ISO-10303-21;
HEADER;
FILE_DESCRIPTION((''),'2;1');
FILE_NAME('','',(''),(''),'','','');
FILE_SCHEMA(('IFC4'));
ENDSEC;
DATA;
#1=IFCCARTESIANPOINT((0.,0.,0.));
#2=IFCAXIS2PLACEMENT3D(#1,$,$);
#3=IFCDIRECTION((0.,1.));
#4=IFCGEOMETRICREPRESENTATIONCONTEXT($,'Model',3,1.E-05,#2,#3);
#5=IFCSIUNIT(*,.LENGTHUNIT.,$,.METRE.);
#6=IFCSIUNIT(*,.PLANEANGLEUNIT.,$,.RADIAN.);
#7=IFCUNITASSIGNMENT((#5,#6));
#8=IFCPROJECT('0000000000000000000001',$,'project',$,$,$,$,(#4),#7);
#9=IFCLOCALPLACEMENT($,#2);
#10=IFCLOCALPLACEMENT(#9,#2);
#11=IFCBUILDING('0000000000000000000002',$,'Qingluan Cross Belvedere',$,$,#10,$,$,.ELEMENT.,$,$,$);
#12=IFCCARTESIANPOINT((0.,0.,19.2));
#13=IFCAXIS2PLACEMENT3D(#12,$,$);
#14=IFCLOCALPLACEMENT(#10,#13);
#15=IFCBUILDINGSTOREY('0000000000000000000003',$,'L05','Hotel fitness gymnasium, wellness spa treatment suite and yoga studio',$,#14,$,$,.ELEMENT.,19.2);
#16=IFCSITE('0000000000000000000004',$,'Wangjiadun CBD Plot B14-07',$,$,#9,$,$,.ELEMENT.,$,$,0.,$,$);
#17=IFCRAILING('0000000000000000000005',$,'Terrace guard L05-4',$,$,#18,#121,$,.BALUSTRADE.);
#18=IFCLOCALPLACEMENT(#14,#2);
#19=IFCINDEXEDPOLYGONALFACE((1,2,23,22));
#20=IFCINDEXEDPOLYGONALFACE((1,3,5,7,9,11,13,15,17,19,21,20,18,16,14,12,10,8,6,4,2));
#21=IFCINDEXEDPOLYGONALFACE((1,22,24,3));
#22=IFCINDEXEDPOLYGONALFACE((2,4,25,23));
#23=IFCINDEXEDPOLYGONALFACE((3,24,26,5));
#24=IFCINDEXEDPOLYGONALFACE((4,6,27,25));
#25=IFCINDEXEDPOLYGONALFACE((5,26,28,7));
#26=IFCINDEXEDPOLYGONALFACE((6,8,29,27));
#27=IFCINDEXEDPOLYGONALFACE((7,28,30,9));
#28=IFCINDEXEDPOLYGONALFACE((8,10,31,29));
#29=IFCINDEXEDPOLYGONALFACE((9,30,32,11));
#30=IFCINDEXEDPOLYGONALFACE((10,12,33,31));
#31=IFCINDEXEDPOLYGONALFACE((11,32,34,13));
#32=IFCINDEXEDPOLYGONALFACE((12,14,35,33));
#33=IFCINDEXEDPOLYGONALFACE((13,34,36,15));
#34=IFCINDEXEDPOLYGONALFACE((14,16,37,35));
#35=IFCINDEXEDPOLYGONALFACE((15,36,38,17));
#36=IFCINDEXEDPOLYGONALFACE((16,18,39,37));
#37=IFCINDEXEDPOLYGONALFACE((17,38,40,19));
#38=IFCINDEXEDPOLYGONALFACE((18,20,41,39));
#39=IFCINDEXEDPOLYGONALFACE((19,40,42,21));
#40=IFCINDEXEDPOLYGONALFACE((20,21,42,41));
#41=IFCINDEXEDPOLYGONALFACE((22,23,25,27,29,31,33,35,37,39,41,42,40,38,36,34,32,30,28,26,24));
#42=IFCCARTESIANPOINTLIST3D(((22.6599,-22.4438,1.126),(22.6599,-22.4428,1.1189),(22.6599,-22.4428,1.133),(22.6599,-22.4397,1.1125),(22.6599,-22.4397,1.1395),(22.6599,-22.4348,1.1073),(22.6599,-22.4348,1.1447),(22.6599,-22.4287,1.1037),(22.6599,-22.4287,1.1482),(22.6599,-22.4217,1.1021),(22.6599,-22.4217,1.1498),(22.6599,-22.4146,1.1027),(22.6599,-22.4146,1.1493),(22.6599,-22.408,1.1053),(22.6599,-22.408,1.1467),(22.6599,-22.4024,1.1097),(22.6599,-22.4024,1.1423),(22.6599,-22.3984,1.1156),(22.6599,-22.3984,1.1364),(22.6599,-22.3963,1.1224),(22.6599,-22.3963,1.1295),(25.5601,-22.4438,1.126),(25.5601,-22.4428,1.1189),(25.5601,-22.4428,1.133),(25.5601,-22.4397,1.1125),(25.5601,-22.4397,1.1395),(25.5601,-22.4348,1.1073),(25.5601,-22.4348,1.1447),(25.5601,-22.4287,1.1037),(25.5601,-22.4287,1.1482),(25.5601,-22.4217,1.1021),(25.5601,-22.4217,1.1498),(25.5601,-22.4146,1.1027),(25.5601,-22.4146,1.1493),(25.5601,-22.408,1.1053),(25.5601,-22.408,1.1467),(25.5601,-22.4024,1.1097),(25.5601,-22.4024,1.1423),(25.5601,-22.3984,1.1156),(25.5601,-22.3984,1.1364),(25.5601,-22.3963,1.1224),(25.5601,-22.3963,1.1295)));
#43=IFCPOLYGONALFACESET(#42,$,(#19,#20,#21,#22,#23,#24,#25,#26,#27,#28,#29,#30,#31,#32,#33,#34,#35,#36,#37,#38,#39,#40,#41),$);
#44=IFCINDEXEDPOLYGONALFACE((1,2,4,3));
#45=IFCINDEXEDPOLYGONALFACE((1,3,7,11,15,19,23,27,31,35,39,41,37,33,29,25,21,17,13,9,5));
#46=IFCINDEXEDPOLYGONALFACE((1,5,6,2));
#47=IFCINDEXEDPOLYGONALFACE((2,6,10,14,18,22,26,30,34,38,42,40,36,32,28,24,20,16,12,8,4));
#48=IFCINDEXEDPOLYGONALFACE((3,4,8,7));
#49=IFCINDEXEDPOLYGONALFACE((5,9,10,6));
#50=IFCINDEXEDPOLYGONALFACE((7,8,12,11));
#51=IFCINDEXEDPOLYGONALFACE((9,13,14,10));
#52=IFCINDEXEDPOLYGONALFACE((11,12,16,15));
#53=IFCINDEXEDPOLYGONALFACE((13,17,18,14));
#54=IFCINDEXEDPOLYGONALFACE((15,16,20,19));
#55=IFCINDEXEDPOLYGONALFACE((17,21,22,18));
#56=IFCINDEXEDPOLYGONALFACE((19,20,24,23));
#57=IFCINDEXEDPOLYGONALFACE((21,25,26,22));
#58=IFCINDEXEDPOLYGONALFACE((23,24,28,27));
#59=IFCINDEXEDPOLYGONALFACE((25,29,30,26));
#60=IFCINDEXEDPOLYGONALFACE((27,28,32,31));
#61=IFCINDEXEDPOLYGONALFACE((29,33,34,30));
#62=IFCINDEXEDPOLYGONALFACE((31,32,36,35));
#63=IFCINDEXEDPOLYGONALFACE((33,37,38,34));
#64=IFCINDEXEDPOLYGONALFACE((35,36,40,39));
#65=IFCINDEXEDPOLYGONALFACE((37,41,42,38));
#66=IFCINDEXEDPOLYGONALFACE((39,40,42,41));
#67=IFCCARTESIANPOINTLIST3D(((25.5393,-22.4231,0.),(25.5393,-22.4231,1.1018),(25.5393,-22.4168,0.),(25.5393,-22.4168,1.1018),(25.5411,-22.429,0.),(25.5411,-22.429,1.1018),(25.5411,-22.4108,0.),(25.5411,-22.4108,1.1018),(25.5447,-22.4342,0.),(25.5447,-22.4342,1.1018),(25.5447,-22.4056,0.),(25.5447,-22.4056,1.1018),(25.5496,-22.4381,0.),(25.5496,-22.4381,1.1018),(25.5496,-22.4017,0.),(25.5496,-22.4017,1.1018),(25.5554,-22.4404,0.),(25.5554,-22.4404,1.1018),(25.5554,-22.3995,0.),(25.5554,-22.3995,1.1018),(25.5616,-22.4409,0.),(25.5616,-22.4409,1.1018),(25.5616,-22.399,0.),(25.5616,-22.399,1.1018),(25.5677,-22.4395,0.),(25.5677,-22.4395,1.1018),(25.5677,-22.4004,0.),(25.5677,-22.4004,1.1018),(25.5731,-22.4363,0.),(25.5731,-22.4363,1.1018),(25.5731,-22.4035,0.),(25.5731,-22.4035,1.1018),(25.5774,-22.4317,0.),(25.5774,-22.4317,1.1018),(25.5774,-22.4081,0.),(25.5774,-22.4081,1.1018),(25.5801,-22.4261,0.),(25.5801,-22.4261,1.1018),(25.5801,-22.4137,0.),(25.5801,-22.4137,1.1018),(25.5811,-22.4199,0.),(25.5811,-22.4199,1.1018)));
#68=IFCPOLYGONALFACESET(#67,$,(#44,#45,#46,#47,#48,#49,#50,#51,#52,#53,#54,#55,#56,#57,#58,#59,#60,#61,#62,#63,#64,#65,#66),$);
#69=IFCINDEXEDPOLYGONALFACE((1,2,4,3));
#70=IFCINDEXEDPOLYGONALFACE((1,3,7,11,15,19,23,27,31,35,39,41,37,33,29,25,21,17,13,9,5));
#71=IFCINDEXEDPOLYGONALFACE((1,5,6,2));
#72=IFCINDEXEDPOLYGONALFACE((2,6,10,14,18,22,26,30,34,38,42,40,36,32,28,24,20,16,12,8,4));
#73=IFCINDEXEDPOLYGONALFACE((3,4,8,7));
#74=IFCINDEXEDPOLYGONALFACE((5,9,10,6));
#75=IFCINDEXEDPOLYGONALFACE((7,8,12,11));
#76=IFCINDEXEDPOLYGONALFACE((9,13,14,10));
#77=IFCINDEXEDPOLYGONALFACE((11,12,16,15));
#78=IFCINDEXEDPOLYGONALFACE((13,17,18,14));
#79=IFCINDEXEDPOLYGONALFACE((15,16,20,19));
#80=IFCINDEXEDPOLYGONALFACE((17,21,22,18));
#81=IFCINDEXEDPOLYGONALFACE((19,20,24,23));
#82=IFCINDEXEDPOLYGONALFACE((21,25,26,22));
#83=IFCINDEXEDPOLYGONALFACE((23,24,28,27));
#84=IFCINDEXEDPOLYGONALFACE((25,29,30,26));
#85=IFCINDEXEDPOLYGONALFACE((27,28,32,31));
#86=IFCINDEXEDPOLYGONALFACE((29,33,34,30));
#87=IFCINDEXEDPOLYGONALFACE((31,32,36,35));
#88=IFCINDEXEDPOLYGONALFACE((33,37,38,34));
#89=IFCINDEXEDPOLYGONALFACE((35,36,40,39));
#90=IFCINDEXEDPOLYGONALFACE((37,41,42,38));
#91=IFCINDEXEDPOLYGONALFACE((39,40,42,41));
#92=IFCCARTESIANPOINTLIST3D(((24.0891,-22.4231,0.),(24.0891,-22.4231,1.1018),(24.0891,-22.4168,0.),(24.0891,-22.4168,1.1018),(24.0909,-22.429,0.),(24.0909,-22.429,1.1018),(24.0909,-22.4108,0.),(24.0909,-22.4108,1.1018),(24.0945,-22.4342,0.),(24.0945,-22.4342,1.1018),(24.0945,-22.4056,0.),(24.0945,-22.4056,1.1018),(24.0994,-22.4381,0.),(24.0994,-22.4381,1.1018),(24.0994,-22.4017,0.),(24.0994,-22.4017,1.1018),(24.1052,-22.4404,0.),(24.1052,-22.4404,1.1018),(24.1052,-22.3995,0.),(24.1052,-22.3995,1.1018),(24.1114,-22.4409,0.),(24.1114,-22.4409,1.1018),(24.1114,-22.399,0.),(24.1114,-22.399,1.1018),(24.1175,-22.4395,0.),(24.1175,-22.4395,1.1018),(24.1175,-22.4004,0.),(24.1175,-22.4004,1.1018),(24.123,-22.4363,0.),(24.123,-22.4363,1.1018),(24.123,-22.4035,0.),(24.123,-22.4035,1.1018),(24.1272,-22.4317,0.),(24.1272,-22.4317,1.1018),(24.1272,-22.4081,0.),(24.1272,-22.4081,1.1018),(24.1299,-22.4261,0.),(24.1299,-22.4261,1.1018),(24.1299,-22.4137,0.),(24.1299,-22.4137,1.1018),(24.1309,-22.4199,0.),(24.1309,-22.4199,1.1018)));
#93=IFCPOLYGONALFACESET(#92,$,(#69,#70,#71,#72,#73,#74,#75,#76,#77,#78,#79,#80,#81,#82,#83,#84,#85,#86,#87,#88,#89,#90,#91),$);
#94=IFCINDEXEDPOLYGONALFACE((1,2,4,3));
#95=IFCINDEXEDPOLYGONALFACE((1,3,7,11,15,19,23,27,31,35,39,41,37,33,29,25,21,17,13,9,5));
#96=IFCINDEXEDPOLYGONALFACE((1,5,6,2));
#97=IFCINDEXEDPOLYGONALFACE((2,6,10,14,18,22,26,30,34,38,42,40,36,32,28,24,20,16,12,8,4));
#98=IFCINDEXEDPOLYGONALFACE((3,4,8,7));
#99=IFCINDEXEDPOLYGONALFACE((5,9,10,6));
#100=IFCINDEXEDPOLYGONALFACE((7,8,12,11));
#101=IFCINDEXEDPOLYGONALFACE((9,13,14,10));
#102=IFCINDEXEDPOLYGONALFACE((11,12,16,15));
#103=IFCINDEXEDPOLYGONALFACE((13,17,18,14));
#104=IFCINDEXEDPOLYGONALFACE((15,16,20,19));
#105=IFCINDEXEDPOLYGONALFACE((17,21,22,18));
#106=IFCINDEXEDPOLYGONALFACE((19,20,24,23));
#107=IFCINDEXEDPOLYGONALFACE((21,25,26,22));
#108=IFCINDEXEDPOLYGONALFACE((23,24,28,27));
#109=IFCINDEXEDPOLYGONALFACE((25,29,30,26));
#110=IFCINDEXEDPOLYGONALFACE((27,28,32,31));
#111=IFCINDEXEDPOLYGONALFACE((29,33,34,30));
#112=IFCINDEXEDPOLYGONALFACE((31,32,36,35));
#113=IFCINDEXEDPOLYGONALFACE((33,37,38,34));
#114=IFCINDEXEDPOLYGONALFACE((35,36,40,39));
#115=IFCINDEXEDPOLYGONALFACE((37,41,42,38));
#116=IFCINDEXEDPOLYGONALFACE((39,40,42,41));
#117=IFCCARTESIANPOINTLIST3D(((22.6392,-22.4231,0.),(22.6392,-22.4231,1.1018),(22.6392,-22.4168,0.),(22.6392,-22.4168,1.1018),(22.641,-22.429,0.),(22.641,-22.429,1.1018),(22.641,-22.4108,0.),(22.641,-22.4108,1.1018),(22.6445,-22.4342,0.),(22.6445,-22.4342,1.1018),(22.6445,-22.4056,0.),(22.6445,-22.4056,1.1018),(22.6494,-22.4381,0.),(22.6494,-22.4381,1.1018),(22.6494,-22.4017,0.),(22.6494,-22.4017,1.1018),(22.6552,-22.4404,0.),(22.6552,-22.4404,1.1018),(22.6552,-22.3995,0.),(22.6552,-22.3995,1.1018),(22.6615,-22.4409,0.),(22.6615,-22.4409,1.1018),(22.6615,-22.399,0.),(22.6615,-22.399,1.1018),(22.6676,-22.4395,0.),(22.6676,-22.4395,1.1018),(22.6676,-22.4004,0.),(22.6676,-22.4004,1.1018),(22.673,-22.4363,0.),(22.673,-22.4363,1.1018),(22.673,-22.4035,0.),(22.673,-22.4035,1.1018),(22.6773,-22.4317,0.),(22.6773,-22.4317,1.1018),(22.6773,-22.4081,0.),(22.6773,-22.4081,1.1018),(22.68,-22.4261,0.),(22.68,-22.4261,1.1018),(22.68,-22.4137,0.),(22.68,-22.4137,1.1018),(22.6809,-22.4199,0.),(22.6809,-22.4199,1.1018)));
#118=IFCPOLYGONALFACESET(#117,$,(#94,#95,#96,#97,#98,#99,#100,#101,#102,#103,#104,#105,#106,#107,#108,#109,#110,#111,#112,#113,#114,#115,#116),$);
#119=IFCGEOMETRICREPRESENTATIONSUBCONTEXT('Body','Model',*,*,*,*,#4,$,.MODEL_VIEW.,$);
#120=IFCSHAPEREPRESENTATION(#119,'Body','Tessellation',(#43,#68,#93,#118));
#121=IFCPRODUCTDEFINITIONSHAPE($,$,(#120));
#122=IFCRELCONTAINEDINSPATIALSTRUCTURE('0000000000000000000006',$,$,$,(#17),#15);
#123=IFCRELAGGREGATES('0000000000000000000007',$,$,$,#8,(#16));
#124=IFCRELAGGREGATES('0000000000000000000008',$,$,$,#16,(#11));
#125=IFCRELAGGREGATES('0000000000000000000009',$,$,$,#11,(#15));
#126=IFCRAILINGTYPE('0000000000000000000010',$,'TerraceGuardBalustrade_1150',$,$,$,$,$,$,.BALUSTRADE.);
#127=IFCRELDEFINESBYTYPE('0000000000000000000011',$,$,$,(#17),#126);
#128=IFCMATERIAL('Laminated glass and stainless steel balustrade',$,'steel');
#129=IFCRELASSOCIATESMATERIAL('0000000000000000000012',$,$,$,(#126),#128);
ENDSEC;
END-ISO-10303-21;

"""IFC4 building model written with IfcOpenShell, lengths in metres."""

from ifc_helpers import new_model, si_unit, direction, frame, origin, origin_2d, place, context, subcontext, project, spatial, circle, extrude, material, type_object, element, save


model = new_model("IFC4")

# Units and contexts
model_context = context("Model", 3, precision=1e-05, world=origin(), true_north=direction((0.0, 1.0)))
body_context = subcontext(model_context, "Body", "Model", "MODEL_VIEW")
ifc_project = project(units=[si_unit("LENGTHUNIT", "METRE"), si_unit("PLANEANGLEUNIT", "RADIAN")], contexts=[model_context])

# Site, building, storey
site_placement = place(None, origin())
site = spatial("IfcSite", under=ifc_project, at=site_placement, Name="Wangjiadun CBD Plot B14-07", CompositionType="ELEMENT", RefElevation=0.0)
building_placement = place(site_placement, origin())
building = spatial("IfcBuilding", under=site, at=building_placement, Name="Qingluan Cross Belvedere", CompositionType="ELEMENT")
storey_placement = place(building_placement, frame((0.0, 0.0, 19.2)))
storey = spatial("IfcBuildingStorey", under=building, at=storey_placement, Name="L05", Description="Hotel fitness gymnasium, wellness spa treatment suite and yoga studio", CompositionType="ELEMENT", Elevation=19.2)

# Railing
ifc_material_1 = material(Name="Laminated glass and stainless steel balustrade", Category="steel")
railing_type = type_object("IfcRailingType", Name="TerraceGuardBalustrade_1150", PredefinedType="BALUSTRADE", material=ifc_material_1)
railing_1_placement = place(storey_placement, frame((25.5601, -22.4199, 0.0)))
element("IfcRailing", 1, at=railing_1_placement, inside=storey, type_object=railing_type, Name="Terrace guard L05-4", PredefinedType="BALUSTRADE", context=body_context, shape_type="SweptSolid", body=[
    extrude(circle(Radius=0.0239, at=origin_2d()), frame((0.0, 0.0, 1.126), z_axis=(-1.0, 0.0, 0.0), x_axis=(0.0, -1.0, 0.0)), (0.0, 0.0, 1.0), 2.9001),
    extrude(circle(Radius=0.021, at=origin_2d()), origin(), (0.0, 0.0, 1.0), 1.1018),
    extrude(circle(Radius=0.021, at=origin_2d()), frame((-1.4502, 0.0, 0.0)), (0.0, 0.0, 1.0), 1.1018),
    extrude(circle(Radius=0.021, at=origin_2d()), frame((-2.9001, 0.0, 0.0)), (0.0, 0.0, 1.0), 1.1018),
])

save(model, "model.ifc")
